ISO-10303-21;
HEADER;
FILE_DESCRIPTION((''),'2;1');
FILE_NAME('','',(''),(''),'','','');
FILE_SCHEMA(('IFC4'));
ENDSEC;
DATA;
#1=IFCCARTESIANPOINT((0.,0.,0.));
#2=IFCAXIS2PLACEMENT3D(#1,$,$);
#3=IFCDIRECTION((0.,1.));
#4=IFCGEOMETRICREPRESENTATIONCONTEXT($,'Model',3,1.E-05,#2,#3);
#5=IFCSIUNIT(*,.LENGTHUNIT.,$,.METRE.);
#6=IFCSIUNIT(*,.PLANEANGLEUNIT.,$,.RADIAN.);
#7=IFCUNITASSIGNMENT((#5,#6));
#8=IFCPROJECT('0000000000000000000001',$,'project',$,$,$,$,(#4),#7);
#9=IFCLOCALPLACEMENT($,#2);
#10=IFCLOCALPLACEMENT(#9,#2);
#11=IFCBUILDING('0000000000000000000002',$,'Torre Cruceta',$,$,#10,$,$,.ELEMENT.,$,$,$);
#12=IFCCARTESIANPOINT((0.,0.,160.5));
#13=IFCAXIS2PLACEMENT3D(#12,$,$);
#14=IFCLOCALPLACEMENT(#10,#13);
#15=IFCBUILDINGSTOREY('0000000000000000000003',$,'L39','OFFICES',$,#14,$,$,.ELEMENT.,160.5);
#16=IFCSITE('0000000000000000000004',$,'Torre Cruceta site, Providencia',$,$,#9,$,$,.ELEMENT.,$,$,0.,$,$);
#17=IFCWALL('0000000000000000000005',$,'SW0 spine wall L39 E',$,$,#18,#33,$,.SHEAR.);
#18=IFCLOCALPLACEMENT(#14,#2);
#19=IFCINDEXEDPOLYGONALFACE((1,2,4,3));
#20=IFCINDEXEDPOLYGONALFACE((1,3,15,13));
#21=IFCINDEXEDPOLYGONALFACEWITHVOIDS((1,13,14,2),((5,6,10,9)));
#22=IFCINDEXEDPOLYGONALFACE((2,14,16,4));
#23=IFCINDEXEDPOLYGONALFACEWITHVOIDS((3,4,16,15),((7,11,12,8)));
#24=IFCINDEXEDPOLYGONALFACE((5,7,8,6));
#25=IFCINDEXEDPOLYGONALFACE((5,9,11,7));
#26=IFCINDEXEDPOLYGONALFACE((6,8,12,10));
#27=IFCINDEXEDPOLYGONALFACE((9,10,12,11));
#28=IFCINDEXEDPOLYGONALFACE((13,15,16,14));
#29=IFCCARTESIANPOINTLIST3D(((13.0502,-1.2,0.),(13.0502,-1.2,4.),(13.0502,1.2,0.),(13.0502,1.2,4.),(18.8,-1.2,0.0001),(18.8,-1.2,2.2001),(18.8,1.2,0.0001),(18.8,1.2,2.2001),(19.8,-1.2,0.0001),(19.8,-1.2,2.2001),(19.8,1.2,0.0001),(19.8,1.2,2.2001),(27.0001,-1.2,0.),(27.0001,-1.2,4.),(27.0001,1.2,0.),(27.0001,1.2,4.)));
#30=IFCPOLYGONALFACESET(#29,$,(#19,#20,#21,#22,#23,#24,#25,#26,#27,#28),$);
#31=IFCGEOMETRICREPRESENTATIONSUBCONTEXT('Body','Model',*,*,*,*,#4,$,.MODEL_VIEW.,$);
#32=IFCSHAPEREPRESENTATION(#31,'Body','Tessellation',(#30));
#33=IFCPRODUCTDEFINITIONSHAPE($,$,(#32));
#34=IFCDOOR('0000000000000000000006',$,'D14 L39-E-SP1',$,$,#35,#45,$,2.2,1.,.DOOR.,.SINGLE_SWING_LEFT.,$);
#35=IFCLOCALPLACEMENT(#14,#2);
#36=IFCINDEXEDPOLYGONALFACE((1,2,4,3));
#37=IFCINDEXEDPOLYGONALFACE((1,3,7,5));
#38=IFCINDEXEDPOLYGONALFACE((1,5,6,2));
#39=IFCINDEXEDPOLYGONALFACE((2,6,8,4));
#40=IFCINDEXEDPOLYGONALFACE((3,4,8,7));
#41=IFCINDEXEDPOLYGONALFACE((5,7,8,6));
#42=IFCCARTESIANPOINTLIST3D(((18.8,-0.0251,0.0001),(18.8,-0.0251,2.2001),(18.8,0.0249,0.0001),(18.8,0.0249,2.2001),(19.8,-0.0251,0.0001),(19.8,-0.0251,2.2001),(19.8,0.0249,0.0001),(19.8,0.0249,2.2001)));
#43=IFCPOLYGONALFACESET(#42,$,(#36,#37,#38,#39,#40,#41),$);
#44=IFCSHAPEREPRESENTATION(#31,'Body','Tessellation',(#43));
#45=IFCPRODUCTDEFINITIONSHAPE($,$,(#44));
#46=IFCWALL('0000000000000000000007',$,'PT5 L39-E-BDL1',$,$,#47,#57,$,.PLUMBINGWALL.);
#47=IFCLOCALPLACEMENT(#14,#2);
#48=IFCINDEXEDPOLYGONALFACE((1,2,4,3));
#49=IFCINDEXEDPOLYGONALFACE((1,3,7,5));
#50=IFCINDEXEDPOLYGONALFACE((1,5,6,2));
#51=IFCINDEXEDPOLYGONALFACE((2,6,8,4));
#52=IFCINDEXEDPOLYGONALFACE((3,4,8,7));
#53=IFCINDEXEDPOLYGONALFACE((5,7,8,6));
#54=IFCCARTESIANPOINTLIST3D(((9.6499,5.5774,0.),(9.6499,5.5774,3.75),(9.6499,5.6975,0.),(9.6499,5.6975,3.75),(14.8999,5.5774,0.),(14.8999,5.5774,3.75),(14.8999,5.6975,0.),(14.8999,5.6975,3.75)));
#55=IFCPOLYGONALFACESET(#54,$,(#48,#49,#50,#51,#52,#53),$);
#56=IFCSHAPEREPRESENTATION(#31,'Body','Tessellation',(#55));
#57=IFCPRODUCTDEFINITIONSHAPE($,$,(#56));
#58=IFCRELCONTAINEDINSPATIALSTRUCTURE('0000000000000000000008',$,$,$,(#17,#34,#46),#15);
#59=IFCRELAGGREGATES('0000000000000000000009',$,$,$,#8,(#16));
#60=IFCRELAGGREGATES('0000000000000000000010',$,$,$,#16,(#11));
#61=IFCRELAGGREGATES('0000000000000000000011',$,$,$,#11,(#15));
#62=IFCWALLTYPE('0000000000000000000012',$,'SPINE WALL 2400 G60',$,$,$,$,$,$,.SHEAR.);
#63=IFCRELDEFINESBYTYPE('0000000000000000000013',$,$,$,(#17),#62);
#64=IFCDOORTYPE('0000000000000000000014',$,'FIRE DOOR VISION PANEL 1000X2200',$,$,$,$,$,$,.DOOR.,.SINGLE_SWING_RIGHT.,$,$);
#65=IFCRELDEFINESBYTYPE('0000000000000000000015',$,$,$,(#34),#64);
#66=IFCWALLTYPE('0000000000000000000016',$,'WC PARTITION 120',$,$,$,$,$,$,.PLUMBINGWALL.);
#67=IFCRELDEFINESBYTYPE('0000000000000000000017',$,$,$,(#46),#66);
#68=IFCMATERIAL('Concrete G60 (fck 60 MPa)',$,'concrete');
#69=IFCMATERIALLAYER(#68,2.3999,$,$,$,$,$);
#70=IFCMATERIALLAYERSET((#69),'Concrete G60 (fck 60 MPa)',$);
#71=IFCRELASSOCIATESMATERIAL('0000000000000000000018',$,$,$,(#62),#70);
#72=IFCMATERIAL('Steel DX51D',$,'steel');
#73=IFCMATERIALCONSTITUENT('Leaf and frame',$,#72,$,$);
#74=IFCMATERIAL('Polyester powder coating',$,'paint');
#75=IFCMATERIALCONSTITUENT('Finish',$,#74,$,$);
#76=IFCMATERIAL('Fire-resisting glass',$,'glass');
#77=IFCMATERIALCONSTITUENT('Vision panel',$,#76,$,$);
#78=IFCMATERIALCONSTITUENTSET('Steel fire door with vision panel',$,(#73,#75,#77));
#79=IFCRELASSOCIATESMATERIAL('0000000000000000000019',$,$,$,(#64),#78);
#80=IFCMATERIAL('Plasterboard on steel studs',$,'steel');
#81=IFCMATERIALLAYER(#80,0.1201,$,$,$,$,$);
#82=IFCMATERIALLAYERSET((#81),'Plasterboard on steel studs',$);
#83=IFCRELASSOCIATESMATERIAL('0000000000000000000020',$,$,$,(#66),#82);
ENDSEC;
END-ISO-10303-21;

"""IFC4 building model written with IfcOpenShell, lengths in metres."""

from ifc_helpers import new_model, si_unit, direction, frame, frame_2d, origin, place, context, subcontext, project, spatial, rectangle, extrude, material, layer, layer_set, constituent, constituent_set, type_object, element, fill, save


model = new_model("IFC4")

# Units and contexts
model_context = context("Model", 3, precision=1e-05, world=origin(), true_north=direction((0.0, 1.0)))
body_context = subcontext(model_context, "Body", "Model", "MODEL_VIEW")
ifc_project = project(units=[si_unit("LENGTHUNIT", "METRE"), si_unit("PLANEANGLEUNIT", "RADIAN")], contexts=[model_context])

# Site, building, storey
site_placement = place(None, origin())
site = spatial("IfcSite", under=ifc_project, at=site_placement, Name="Torre Cruceta site, Providencia", CompositionType="ELEMENT", RefElevation=0.0)
building_placement = place(site_placement, origin())
building = spatial("IfcBuilding", under=site, at=building_placement, Name="Torre Cruceta", CompositionType="ELEMENT")
storey_placement = place(building_placement, frame((0.0, 0.0, 160.5)))
storey = spatial("IfcBuildingStorey", under=building, at=storey_placement, Name="L39", Description="OFFICES", CompositionType="ELEMENT", Elevation=160.5)

# Wall, opening, door
ifc_material_1 = material(Name="Concrete G60 (fck 60 MPa)", Category="concrete")
ifc_layer_1 = layer(ifc_material_1, 2.3999)
ifc_layer_set_1 = layer_set([ifc_layer_1], Name="Concrete G60 (fck 60 MPa)")
wall_type_1 = type_object("IfcWallType", Name="SPINE WALL 2400 G60", PredefinedType="SHEAR", material=ifc_layer_set_1)
wall_1_placement = place(storey_placement, frame((13.05, 0.0, 0.0), z_axis=(0.0, 0.0, 1.0), x_axis=(1.0, 0.0, 0.0)))
wall_1 = element("IfcWall", 1, at=wall_1_placement, inside=storey, type_object=wall_type_1, Name="SW0 spine wall L39 E", PredefinedType="SHEAR", context=body_context, shape_type="SweptSolid", body=[
    extrude(rectangle(XDim=13.95, YDim=2.3999, at=frame_2d((6.9751, 0.0))), origin(), (0.0, 0.0, 1.0), 4.0),
])
opening_1_placement = place(wall_1_placement, frame((5.75, 0.0, 0.0)))
opening_1 = element("IfcOpeningElement", 2, at=opening_1_placement, cuts=wall_1, PredefinedType="OPENING", context=body_context, shape_type="SweptSolid", body=[
    extrude(rectangle(XDim=1.0, YDim=2.2, at=frame_2d((0.5, 1.1001))), frame((0.0, 1.21, 0.0), z_axis=(0.0, -1.0, 0.0), x_axis=(1.0, 0.0, 0.0)), (0.0, 0.0, 1.0), 2.4199),
])
ifc_material_2 = material(Name="Steel DX51D", Category="steel")
ifc_constituent_1 = constituent(ifc_material_2, Name="Leaf and frame")
ifc_material_3 = material(Name="Polyester powder coating", Category="paint")
ifc_constituent_2 = constituent(ifc_material_3, Name="Finish")
ifc_material_4 = material(Name="Fire-resisting glass", Category="glass")
ifc_constituent_3 = constituent(ifc_material_4, Name="Vision panel")
ifc_constituent_set_1 = constituent_set(constituents=[ifc_constituent_1, ifc_constituent_2, ifc_constituent_3], Name="Steel fire door with vision panel")
door_type_1 = type_object("IfcDoorType", Name="FIRE DOOR VISION PANEL 1000X2200", OperationType="SINGLE_SWING_RIGHT", PredefinedType="DOOR", material=ifc_constituent_set_1)
door_1_placement = place(opening_1_placement, frame((1.0, 0.0, 0.0), z_axis=(0.0, 0.0, 1.0), x_axis=(-1.0, 0.0, 0.0)))
door_1 = element("IfcDoor", 3, at=door_1_placement, inside=storey, type_object=door_type_1, Name="D14 L39-E-SP1", OperationType="SINGLE_SWING_LEFT", OverallHeight=2.2, OverallWidth=1.0, PredefinedType="DOOR", context=body_context, shape_type="SweptSolid", body=[
    extrude(rectangle(XDim=1.0, YDim=2.2, at=frame_2d((0.5, 1.1001))), frame((0.0, 0.0251, 0.0), z_axis=(0.0, -1.0, 0.0), x_axis=(1.0, 0.0, 0.0)), (0.0, 0.0, 1.0), 0.05),
])
fill(opening_1, door_1)

# Wall
ifc_material_5 = material(Name="Plasterboard on steel studs", Category="steel")
ifc_layer_2 = layer(ifc_material_5, 0.1201)
ifc_layer_set_2 = layer_set([ifc_layer_2], Name="Plasterboard on steel studs")
wall_type_2 = type_object("IfcWallType", Name="WC PARTITION 120", PredefinedType="PLUMBINGWALL", material=ifc_layer_set_2)
wall_2_placement = place(storey_placement, frame((9.6499, 5.6375, 0.0), z_axis=(0.0, 0.0, 1.0), x_axis=(1.0, 0.0, 0.0)))
element("IfcWall", 4, at=wall_2_placement, inside=storey, type_object=wall_type_2, Name="PT5 L39-E-BDL1", PredefinedType="PLUMBINGWALL", context=body_context, shape_type="SweptSolid", body=[
    extrude(rectangle(XDim=5.25, YDim=0.1201, at=frame_2d((2.625, 0.0))), origin(), (0.0, 0.0, 1.0), 3.75),
])

save(model, "model.ifc")
